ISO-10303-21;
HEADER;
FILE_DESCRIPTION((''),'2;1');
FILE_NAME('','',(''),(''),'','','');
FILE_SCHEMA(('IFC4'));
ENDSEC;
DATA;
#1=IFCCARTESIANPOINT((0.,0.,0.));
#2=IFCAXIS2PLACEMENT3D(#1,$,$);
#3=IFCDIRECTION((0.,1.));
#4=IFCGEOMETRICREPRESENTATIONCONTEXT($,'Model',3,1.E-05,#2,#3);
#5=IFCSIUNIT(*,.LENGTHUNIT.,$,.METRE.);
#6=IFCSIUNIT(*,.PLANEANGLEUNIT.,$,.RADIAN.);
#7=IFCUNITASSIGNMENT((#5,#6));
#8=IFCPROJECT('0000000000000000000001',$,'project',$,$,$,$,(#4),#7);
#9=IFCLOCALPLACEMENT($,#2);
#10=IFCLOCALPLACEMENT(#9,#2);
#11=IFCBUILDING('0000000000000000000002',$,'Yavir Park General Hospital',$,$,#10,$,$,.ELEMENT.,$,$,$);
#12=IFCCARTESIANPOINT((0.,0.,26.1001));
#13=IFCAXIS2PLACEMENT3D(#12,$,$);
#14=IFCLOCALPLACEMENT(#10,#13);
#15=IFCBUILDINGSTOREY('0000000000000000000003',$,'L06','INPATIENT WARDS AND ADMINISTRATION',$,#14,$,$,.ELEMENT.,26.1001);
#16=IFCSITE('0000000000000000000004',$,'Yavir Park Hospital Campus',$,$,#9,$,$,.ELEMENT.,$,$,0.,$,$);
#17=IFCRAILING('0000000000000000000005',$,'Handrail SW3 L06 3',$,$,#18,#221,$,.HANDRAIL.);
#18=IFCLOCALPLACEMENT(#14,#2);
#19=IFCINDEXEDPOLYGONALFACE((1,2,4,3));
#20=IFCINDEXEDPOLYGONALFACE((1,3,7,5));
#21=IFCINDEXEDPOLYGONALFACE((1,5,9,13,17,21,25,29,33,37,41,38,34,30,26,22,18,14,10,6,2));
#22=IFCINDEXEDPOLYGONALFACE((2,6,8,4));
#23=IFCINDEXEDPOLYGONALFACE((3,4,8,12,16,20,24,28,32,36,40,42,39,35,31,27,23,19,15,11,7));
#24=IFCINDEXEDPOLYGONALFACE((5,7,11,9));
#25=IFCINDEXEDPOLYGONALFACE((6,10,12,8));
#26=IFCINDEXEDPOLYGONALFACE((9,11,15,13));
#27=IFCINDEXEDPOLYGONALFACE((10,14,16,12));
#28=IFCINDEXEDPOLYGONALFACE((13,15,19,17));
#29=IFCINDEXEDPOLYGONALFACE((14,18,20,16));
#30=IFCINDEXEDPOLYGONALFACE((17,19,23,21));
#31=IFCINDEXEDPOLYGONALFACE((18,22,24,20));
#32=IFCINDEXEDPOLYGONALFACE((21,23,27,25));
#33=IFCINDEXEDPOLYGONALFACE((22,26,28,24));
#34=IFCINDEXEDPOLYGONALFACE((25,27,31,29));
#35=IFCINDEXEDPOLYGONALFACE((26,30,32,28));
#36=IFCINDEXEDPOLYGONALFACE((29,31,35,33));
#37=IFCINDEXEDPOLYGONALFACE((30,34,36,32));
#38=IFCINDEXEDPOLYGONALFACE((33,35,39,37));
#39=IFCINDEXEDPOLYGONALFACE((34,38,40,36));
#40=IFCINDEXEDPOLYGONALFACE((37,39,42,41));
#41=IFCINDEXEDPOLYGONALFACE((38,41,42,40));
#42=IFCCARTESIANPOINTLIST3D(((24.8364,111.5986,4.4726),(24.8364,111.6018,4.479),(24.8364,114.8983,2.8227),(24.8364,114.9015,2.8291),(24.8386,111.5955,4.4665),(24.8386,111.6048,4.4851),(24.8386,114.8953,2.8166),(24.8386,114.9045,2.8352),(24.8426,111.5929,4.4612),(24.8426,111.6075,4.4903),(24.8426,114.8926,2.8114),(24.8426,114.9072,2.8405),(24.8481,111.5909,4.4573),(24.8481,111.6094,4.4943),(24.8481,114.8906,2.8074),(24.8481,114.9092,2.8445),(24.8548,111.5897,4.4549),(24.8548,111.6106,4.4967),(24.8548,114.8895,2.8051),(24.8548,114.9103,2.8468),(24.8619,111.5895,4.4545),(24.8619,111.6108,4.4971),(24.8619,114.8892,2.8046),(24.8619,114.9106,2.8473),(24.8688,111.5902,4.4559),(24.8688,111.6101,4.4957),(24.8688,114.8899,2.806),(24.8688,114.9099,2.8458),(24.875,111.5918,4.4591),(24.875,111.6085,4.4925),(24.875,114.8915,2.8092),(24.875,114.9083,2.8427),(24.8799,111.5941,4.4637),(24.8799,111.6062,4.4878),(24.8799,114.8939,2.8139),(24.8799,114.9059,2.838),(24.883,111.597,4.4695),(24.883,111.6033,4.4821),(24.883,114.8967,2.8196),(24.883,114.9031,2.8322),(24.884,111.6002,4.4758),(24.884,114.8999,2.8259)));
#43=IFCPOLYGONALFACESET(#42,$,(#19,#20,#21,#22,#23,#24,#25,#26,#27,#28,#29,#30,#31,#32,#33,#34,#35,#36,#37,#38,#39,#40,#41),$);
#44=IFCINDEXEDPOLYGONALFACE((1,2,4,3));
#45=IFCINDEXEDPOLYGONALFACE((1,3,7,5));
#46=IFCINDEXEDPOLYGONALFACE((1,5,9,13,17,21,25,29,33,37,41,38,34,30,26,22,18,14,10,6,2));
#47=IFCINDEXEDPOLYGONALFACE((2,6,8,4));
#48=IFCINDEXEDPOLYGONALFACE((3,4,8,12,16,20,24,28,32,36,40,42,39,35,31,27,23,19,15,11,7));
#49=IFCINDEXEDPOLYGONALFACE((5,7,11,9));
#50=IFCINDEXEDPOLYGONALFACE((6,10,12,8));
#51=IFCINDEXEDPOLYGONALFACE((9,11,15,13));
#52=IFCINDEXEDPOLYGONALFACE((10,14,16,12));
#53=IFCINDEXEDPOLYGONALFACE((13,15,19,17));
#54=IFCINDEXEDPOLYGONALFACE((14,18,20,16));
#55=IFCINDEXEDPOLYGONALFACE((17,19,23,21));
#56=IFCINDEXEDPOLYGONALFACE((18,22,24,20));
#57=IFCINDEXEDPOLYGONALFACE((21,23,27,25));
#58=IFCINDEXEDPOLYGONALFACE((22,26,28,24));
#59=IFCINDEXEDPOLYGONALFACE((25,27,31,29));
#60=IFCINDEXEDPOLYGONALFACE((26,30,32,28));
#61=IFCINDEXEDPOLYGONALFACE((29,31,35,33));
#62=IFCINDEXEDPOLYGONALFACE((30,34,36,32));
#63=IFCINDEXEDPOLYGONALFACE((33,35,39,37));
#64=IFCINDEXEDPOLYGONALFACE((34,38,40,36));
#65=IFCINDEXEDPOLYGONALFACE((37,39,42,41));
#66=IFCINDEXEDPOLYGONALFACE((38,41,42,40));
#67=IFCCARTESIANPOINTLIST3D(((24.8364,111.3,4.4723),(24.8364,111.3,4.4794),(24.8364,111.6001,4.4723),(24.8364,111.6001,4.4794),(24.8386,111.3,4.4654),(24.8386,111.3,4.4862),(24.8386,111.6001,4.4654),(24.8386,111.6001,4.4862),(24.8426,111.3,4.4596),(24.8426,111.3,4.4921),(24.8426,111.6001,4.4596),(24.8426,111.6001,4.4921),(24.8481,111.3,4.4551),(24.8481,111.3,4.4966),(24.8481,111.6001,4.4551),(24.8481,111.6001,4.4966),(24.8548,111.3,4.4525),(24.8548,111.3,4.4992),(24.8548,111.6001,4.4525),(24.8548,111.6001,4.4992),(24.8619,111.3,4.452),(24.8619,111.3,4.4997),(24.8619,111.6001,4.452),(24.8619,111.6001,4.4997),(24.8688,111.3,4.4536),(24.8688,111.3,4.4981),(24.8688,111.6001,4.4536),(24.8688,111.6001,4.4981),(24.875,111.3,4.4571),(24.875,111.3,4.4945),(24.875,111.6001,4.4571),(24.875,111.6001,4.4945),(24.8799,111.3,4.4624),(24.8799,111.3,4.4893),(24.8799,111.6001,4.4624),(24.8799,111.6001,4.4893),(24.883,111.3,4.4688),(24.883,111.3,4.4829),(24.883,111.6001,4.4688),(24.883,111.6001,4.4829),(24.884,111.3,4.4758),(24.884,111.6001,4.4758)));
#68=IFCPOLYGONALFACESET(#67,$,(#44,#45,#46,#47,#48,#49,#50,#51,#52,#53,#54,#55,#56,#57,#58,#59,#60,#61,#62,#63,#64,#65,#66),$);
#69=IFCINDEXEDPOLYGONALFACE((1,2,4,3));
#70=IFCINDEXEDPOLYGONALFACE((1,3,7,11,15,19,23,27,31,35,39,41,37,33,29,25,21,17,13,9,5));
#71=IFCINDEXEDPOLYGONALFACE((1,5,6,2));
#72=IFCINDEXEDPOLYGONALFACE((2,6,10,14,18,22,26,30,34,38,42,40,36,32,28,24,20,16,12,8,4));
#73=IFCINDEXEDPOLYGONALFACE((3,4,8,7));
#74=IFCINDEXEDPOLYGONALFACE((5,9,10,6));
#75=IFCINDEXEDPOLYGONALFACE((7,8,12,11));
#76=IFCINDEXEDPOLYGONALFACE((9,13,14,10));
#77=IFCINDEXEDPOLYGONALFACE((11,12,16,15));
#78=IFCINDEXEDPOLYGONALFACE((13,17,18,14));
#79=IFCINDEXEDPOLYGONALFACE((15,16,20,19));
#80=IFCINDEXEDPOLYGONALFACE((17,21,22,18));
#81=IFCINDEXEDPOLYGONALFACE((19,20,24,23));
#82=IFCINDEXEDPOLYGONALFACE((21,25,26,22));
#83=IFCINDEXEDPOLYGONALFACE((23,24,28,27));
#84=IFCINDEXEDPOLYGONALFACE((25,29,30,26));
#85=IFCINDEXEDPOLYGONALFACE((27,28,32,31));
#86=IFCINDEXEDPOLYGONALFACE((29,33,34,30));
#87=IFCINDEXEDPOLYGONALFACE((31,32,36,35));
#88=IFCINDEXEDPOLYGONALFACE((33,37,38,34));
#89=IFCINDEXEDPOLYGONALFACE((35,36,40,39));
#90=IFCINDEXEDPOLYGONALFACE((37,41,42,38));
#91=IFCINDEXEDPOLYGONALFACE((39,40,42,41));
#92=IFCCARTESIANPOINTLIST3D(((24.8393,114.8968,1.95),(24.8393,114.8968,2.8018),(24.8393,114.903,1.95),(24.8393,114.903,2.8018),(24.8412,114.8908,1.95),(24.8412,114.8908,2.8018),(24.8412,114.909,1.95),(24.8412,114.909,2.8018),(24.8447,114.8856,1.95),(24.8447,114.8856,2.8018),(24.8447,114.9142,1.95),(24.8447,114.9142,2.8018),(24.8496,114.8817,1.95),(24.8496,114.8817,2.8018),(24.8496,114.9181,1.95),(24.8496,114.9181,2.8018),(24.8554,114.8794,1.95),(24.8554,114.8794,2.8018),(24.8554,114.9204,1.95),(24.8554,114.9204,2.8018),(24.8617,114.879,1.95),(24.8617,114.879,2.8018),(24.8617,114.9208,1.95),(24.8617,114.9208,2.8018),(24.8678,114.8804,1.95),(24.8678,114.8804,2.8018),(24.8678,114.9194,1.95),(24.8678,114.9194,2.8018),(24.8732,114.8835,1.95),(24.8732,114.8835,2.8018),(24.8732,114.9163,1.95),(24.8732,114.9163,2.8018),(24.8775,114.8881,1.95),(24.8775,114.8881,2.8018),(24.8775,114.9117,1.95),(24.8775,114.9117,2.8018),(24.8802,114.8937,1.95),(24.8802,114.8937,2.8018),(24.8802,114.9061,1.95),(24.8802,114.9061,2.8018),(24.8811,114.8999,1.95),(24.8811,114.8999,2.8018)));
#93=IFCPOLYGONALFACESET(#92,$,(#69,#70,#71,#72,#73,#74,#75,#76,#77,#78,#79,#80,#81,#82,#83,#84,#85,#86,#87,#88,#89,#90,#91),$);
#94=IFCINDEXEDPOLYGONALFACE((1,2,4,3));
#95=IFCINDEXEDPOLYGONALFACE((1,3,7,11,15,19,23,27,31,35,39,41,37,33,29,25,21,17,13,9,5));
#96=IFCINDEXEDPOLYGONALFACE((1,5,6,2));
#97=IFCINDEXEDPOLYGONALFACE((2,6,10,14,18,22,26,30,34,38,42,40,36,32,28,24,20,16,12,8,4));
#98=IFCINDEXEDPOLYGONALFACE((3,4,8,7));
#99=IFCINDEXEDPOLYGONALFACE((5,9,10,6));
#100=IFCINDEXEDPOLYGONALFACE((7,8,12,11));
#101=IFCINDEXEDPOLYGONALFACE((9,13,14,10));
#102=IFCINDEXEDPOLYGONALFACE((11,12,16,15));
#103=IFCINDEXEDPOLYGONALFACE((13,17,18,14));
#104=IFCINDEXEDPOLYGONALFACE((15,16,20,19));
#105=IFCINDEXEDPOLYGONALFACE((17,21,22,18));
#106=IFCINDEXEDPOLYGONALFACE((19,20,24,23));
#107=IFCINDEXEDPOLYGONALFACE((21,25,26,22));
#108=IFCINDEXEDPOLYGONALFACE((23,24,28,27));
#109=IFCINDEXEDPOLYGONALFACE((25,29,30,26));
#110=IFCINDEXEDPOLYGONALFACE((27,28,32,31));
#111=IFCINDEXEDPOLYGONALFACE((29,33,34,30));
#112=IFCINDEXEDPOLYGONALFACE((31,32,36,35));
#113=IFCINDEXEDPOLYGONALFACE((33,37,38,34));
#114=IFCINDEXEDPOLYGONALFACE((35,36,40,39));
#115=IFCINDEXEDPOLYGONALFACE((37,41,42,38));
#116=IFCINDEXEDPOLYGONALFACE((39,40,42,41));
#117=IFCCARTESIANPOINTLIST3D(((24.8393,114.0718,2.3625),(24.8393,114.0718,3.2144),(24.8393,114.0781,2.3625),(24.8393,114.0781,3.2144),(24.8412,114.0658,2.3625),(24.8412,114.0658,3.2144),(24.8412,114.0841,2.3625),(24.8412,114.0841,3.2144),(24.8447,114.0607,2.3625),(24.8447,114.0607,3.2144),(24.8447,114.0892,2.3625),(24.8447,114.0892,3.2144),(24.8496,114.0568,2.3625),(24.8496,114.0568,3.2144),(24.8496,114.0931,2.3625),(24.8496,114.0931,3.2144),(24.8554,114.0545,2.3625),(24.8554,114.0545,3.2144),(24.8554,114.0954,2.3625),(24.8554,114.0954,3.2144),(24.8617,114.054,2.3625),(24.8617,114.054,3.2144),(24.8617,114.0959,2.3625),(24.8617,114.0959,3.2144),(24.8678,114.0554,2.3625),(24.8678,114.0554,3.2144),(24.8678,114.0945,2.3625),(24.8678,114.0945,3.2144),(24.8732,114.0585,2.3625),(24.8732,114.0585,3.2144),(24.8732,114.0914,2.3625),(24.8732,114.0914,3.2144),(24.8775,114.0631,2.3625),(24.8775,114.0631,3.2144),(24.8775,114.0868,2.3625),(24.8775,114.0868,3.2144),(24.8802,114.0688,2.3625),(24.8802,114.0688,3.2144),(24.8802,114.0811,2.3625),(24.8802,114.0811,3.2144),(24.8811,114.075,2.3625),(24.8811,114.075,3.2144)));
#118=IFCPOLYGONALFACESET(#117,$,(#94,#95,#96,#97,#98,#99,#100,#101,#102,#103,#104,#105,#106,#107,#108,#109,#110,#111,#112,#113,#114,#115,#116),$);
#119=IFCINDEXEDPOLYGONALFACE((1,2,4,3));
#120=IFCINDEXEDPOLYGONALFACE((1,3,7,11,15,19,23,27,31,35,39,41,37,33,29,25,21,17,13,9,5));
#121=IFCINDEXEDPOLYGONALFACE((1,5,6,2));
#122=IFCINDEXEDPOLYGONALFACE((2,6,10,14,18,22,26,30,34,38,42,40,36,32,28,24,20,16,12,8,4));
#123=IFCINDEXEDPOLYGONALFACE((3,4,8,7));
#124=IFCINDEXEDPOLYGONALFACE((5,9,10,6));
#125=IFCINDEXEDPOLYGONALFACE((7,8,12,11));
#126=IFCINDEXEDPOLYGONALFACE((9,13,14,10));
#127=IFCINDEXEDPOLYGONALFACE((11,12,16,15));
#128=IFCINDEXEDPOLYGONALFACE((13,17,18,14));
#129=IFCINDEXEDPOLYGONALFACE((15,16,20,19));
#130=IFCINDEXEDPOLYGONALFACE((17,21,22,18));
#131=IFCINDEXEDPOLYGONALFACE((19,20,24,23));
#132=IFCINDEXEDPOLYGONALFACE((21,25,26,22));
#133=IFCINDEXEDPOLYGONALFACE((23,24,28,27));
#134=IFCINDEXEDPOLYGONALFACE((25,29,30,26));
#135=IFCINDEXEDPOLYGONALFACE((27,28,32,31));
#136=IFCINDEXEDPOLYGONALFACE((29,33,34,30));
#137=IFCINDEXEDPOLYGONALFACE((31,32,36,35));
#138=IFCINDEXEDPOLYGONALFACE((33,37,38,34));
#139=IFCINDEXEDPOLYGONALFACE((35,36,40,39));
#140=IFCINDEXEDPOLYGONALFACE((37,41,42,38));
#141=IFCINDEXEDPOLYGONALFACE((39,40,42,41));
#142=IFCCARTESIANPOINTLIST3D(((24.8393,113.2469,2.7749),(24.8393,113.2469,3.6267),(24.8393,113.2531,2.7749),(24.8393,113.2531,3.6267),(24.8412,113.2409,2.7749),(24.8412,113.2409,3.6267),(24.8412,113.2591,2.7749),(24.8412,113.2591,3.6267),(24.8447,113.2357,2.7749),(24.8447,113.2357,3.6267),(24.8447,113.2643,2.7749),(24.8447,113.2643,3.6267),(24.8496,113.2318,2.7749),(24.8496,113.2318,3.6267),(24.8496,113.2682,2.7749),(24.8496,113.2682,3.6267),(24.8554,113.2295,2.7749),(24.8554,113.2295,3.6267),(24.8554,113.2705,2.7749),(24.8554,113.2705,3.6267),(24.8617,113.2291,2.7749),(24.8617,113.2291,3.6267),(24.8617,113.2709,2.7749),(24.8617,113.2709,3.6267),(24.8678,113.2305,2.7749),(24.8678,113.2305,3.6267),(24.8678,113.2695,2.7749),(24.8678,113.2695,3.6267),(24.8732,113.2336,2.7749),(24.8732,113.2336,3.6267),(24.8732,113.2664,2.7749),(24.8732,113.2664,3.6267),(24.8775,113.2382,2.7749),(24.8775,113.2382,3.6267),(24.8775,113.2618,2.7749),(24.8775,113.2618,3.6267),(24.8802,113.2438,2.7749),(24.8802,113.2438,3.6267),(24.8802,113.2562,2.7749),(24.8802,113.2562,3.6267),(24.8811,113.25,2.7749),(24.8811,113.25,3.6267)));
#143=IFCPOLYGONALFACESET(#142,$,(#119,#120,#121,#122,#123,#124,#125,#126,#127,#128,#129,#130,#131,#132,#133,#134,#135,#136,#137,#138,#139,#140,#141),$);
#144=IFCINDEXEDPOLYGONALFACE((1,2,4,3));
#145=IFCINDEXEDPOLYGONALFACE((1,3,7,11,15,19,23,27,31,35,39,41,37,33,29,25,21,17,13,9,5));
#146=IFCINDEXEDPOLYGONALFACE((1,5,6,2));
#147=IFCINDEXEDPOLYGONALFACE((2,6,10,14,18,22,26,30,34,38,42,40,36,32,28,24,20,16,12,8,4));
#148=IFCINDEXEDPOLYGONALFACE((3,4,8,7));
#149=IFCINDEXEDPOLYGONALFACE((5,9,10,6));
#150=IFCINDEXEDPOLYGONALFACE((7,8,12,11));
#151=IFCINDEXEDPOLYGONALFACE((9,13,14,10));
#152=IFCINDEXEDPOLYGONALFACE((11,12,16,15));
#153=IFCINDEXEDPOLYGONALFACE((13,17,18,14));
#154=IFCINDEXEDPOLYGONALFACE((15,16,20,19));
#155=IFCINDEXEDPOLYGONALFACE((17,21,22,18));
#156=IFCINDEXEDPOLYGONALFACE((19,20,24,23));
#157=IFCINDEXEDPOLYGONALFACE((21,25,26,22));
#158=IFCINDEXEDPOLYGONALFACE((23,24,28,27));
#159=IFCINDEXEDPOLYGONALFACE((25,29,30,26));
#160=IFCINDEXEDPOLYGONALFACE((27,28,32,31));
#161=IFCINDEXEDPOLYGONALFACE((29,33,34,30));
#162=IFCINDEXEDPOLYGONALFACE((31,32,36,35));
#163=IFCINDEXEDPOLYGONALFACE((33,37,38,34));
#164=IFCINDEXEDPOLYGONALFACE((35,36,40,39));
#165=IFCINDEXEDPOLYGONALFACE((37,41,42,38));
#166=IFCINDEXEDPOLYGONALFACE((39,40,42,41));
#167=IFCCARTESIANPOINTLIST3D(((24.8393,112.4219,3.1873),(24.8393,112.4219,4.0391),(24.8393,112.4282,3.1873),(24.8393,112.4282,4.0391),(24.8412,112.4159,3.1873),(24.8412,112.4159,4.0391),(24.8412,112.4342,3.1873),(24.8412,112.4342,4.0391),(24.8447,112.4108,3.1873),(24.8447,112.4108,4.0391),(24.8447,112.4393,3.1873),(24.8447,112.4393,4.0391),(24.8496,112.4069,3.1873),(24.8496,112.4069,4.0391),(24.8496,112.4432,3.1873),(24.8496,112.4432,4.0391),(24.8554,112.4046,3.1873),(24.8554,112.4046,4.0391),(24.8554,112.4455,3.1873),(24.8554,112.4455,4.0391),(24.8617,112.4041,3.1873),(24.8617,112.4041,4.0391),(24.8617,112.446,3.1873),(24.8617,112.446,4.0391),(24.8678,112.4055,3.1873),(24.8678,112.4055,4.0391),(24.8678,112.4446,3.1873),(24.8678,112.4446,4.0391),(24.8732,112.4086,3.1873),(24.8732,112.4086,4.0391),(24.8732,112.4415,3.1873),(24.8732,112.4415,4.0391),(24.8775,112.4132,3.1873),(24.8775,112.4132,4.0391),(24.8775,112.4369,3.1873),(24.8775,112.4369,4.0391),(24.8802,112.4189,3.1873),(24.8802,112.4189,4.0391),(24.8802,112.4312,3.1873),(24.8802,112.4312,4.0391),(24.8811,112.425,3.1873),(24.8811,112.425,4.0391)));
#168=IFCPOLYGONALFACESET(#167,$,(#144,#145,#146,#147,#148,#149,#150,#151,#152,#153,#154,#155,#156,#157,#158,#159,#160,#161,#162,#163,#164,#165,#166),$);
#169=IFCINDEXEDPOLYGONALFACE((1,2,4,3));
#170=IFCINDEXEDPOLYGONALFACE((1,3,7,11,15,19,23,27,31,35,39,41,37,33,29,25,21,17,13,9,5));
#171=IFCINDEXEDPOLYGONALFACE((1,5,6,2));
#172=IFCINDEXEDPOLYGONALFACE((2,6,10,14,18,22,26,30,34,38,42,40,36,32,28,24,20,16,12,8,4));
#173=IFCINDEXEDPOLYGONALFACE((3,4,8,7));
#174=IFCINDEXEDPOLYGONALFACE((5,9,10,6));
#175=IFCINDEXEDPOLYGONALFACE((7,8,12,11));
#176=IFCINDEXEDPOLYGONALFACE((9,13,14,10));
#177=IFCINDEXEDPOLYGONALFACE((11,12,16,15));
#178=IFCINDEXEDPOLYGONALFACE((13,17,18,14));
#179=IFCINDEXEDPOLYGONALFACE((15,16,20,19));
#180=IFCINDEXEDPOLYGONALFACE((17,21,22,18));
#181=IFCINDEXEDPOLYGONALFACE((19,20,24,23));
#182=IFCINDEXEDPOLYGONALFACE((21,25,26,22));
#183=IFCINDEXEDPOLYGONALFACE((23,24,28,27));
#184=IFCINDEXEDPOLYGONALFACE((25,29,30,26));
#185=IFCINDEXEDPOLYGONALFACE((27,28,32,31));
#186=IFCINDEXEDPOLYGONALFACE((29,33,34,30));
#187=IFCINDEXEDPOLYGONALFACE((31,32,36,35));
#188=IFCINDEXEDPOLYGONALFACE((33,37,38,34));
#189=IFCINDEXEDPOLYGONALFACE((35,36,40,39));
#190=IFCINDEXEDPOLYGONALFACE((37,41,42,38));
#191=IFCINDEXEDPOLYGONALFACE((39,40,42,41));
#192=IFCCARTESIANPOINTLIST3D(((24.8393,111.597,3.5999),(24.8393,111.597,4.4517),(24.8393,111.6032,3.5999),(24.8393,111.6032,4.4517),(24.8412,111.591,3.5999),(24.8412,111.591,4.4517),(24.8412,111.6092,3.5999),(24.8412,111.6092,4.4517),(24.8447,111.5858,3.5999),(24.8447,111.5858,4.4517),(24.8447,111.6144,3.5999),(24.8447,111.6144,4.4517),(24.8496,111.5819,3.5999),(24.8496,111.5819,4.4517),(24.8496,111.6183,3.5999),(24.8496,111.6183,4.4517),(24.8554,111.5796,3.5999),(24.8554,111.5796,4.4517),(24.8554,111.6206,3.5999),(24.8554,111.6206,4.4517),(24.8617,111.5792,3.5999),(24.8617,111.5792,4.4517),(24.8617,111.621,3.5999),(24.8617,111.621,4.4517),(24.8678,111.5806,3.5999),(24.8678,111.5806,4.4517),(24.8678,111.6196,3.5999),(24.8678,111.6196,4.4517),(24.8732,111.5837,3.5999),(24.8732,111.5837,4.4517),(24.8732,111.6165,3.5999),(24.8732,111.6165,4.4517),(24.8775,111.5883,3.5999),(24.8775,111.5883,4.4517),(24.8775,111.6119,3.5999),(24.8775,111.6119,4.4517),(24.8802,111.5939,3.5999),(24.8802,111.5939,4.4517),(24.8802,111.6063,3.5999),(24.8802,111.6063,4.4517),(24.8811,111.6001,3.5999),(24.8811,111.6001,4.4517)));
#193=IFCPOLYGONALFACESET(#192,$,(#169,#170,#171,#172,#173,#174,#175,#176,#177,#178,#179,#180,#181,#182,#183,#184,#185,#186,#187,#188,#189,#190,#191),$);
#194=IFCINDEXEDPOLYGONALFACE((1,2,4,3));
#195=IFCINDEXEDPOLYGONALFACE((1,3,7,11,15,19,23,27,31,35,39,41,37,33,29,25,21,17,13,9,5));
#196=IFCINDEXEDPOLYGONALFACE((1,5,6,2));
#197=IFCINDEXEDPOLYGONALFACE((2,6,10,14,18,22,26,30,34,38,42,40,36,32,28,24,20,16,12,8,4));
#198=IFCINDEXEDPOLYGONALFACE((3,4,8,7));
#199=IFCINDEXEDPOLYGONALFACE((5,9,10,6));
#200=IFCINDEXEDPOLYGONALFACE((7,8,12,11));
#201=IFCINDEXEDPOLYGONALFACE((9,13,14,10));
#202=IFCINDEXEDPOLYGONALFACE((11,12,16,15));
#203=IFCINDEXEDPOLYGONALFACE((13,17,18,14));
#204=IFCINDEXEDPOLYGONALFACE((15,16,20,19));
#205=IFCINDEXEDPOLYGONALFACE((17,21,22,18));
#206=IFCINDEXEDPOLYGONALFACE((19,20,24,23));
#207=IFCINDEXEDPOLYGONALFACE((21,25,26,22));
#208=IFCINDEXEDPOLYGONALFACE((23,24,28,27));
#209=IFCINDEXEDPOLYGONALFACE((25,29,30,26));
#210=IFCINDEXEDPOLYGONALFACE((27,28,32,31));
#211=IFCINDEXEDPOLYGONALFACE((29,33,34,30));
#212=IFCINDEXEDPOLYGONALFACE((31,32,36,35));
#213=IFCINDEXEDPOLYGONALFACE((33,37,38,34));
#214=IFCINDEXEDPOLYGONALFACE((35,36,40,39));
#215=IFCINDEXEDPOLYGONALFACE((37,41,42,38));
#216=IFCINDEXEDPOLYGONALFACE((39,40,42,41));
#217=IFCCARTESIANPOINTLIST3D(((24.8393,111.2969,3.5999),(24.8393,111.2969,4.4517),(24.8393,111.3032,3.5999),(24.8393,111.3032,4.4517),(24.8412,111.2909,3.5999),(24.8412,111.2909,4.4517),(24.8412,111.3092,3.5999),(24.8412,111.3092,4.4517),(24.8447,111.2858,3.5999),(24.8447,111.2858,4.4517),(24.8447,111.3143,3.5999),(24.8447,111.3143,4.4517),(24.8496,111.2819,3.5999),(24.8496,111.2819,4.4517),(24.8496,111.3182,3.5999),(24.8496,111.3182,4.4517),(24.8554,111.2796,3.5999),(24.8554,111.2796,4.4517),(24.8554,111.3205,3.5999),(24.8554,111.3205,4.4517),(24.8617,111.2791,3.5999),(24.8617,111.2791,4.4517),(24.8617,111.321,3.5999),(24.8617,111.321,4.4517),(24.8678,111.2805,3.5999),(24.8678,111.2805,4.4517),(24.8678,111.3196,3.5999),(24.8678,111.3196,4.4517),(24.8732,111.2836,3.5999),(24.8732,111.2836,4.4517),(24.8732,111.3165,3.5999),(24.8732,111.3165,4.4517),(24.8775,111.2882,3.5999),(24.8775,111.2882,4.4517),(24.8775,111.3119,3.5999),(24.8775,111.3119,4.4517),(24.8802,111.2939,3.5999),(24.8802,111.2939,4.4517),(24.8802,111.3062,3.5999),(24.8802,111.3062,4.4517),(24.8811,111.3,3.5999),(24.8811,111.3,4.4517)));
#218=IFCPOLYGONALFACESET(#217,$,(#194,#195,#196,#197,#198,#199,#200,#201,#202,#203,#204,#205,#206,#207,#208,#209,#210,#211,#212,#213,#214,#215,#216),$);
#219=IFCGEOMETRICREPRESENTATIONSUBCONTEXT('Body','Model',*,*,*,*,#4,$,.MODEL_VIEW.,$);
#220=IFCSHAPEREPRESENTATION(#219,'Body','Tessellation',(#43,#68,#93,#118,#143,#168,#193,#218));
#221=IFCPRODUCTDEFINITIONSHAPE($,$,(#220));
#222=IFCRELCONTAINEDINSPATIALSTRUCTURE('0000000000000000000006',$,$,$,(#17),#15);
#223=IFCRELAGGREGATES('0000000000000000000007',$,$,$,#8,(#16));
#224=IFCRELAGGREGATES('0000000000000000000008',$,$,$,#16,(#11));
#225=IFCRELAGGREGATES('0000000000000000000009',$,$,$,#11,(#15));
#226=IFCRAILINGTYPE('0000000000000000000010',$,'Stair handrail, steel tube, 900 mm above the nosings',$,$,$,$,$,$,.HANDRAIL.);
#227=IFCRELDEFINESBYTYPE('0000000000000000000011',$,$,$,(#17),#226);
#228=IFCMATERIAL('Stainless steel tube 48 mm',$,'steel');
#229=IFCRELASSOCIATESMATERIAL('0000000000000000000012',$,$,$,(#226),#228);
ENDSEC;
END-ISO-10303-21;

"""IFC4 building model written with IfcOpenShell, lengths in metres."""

from ifc_helpers import new_model, si_unit, direction, frame, origin, origin_2d, place, context, subcontext, project, spatial, circle, extrude, material, type_object, element, save


model = new_model("IFC4")

# Units and contexts
model_context = context("Model", 3, precision=1e-05, world=origin(), true_north=direction((0.0, 1.0)))
body_context = subcontext(model_context, "Body", "Model", "MODEL_VIEW")
ifc_project = project(units=[si_unit("LENGTHUNIT", "METRE"), si_unit("PLANEANGLEUNIT", "RADIAN")], contexts=[model_context])

# Site, building, storey
site_placement = place(None, origin())
site = spatial("IfcSite", under=ifc_project, at=site_placement, Name="Yavir Park Hospital Campus", CompositionType="ELEMENT", RefElevation=0.0)
building_placement = place(site_placement, origin())
building = spatial("IfcBuilding", under=site, at=building_placement, Name="Yavir Park General Hospital", CompositionType="ELEMENT")
storey_placement = place(building_placement, frame((0.0, 0.0, 26.1001)))
storey = spatial("IfcBuildingStorey", under=building, at=storey_placement, Name="L06", Description="INPATIENT WARDS AND ADMINISTRATION", CompositionType="ELEMENT", Elevation=26.1001)

# Railing
ifc_material_1 = material(Name="Stainless steel tube 48 mm", Category="steel")
railing_type = type_object("IfcRailingType", Name="Stair handrail, steel tube, 900 mm above the nosings", PredefinedType="HANDRAIL", material=ifc_material_1)
railing_placement = place(storey_placement, frame((24.8601, 114.8999, 1.95)))
element("IfcRailing", 1, at=railing_placement, inside=storey, type_object=railing_type, Name="Handrail SW3 L06 3", PredefinedType="HANDRAIL", context=body_context, shape_type="SweptSolid", body=[
    extrude(circle(Radius=0.0239, at=origin_2d()), frame((0.0, 0.0, 0.876), z_axis=(0.0, -0.894427, 0.447214), x_axis=(1.0, 0.0, 0.0)), (0.0, 0.0, 1.0), 3.6892),
    extrude(circle(Radius=0.0239, at=origin_2d()), frame((0.0, -3.2998, 2.5259), z_axis=(0.0, -1.0, 0.0), x_axis=(1.0, 0.0, 0.0)), (0.0, 0.0, 1.0), 0.3),
    extrude(circle(Radius=0.021, at=origin_2d()), origin(), (0.0, 0.0, 1.0), 0.8518),
    extrude(circle(Radius=0.021, at=origin_2d()), frame((0.0, -0.825, 0.4126)), (0.0, 0.0, 1.0), 0.8518),
    extrude(circle(Radius=0.021, at=origin_2d()), frame((0.0, -1.6499, 0.825)), (0.0, 0.0, 1.0), 0.8518),
    extrude(circle(Radius=0.021, at=origin_2d()), frame((0.0, -2.4749, 1.2373)), (0.0, 0.0, 1.0), 0.8518),
    extrude(circle(Radius=0.021, at=origin_2d()), frame((0.0, -3.2998, 1.6499)), (0.0, 0.0, 1.0), 0.8518),
    extrude(circle(Radius=0.021, at=origin_2d()), frame((0.0, -3.5999, 1.6499)), (0.0, 0.0, 1.0), 0.8518),
])

save(model, "model.ifc")
